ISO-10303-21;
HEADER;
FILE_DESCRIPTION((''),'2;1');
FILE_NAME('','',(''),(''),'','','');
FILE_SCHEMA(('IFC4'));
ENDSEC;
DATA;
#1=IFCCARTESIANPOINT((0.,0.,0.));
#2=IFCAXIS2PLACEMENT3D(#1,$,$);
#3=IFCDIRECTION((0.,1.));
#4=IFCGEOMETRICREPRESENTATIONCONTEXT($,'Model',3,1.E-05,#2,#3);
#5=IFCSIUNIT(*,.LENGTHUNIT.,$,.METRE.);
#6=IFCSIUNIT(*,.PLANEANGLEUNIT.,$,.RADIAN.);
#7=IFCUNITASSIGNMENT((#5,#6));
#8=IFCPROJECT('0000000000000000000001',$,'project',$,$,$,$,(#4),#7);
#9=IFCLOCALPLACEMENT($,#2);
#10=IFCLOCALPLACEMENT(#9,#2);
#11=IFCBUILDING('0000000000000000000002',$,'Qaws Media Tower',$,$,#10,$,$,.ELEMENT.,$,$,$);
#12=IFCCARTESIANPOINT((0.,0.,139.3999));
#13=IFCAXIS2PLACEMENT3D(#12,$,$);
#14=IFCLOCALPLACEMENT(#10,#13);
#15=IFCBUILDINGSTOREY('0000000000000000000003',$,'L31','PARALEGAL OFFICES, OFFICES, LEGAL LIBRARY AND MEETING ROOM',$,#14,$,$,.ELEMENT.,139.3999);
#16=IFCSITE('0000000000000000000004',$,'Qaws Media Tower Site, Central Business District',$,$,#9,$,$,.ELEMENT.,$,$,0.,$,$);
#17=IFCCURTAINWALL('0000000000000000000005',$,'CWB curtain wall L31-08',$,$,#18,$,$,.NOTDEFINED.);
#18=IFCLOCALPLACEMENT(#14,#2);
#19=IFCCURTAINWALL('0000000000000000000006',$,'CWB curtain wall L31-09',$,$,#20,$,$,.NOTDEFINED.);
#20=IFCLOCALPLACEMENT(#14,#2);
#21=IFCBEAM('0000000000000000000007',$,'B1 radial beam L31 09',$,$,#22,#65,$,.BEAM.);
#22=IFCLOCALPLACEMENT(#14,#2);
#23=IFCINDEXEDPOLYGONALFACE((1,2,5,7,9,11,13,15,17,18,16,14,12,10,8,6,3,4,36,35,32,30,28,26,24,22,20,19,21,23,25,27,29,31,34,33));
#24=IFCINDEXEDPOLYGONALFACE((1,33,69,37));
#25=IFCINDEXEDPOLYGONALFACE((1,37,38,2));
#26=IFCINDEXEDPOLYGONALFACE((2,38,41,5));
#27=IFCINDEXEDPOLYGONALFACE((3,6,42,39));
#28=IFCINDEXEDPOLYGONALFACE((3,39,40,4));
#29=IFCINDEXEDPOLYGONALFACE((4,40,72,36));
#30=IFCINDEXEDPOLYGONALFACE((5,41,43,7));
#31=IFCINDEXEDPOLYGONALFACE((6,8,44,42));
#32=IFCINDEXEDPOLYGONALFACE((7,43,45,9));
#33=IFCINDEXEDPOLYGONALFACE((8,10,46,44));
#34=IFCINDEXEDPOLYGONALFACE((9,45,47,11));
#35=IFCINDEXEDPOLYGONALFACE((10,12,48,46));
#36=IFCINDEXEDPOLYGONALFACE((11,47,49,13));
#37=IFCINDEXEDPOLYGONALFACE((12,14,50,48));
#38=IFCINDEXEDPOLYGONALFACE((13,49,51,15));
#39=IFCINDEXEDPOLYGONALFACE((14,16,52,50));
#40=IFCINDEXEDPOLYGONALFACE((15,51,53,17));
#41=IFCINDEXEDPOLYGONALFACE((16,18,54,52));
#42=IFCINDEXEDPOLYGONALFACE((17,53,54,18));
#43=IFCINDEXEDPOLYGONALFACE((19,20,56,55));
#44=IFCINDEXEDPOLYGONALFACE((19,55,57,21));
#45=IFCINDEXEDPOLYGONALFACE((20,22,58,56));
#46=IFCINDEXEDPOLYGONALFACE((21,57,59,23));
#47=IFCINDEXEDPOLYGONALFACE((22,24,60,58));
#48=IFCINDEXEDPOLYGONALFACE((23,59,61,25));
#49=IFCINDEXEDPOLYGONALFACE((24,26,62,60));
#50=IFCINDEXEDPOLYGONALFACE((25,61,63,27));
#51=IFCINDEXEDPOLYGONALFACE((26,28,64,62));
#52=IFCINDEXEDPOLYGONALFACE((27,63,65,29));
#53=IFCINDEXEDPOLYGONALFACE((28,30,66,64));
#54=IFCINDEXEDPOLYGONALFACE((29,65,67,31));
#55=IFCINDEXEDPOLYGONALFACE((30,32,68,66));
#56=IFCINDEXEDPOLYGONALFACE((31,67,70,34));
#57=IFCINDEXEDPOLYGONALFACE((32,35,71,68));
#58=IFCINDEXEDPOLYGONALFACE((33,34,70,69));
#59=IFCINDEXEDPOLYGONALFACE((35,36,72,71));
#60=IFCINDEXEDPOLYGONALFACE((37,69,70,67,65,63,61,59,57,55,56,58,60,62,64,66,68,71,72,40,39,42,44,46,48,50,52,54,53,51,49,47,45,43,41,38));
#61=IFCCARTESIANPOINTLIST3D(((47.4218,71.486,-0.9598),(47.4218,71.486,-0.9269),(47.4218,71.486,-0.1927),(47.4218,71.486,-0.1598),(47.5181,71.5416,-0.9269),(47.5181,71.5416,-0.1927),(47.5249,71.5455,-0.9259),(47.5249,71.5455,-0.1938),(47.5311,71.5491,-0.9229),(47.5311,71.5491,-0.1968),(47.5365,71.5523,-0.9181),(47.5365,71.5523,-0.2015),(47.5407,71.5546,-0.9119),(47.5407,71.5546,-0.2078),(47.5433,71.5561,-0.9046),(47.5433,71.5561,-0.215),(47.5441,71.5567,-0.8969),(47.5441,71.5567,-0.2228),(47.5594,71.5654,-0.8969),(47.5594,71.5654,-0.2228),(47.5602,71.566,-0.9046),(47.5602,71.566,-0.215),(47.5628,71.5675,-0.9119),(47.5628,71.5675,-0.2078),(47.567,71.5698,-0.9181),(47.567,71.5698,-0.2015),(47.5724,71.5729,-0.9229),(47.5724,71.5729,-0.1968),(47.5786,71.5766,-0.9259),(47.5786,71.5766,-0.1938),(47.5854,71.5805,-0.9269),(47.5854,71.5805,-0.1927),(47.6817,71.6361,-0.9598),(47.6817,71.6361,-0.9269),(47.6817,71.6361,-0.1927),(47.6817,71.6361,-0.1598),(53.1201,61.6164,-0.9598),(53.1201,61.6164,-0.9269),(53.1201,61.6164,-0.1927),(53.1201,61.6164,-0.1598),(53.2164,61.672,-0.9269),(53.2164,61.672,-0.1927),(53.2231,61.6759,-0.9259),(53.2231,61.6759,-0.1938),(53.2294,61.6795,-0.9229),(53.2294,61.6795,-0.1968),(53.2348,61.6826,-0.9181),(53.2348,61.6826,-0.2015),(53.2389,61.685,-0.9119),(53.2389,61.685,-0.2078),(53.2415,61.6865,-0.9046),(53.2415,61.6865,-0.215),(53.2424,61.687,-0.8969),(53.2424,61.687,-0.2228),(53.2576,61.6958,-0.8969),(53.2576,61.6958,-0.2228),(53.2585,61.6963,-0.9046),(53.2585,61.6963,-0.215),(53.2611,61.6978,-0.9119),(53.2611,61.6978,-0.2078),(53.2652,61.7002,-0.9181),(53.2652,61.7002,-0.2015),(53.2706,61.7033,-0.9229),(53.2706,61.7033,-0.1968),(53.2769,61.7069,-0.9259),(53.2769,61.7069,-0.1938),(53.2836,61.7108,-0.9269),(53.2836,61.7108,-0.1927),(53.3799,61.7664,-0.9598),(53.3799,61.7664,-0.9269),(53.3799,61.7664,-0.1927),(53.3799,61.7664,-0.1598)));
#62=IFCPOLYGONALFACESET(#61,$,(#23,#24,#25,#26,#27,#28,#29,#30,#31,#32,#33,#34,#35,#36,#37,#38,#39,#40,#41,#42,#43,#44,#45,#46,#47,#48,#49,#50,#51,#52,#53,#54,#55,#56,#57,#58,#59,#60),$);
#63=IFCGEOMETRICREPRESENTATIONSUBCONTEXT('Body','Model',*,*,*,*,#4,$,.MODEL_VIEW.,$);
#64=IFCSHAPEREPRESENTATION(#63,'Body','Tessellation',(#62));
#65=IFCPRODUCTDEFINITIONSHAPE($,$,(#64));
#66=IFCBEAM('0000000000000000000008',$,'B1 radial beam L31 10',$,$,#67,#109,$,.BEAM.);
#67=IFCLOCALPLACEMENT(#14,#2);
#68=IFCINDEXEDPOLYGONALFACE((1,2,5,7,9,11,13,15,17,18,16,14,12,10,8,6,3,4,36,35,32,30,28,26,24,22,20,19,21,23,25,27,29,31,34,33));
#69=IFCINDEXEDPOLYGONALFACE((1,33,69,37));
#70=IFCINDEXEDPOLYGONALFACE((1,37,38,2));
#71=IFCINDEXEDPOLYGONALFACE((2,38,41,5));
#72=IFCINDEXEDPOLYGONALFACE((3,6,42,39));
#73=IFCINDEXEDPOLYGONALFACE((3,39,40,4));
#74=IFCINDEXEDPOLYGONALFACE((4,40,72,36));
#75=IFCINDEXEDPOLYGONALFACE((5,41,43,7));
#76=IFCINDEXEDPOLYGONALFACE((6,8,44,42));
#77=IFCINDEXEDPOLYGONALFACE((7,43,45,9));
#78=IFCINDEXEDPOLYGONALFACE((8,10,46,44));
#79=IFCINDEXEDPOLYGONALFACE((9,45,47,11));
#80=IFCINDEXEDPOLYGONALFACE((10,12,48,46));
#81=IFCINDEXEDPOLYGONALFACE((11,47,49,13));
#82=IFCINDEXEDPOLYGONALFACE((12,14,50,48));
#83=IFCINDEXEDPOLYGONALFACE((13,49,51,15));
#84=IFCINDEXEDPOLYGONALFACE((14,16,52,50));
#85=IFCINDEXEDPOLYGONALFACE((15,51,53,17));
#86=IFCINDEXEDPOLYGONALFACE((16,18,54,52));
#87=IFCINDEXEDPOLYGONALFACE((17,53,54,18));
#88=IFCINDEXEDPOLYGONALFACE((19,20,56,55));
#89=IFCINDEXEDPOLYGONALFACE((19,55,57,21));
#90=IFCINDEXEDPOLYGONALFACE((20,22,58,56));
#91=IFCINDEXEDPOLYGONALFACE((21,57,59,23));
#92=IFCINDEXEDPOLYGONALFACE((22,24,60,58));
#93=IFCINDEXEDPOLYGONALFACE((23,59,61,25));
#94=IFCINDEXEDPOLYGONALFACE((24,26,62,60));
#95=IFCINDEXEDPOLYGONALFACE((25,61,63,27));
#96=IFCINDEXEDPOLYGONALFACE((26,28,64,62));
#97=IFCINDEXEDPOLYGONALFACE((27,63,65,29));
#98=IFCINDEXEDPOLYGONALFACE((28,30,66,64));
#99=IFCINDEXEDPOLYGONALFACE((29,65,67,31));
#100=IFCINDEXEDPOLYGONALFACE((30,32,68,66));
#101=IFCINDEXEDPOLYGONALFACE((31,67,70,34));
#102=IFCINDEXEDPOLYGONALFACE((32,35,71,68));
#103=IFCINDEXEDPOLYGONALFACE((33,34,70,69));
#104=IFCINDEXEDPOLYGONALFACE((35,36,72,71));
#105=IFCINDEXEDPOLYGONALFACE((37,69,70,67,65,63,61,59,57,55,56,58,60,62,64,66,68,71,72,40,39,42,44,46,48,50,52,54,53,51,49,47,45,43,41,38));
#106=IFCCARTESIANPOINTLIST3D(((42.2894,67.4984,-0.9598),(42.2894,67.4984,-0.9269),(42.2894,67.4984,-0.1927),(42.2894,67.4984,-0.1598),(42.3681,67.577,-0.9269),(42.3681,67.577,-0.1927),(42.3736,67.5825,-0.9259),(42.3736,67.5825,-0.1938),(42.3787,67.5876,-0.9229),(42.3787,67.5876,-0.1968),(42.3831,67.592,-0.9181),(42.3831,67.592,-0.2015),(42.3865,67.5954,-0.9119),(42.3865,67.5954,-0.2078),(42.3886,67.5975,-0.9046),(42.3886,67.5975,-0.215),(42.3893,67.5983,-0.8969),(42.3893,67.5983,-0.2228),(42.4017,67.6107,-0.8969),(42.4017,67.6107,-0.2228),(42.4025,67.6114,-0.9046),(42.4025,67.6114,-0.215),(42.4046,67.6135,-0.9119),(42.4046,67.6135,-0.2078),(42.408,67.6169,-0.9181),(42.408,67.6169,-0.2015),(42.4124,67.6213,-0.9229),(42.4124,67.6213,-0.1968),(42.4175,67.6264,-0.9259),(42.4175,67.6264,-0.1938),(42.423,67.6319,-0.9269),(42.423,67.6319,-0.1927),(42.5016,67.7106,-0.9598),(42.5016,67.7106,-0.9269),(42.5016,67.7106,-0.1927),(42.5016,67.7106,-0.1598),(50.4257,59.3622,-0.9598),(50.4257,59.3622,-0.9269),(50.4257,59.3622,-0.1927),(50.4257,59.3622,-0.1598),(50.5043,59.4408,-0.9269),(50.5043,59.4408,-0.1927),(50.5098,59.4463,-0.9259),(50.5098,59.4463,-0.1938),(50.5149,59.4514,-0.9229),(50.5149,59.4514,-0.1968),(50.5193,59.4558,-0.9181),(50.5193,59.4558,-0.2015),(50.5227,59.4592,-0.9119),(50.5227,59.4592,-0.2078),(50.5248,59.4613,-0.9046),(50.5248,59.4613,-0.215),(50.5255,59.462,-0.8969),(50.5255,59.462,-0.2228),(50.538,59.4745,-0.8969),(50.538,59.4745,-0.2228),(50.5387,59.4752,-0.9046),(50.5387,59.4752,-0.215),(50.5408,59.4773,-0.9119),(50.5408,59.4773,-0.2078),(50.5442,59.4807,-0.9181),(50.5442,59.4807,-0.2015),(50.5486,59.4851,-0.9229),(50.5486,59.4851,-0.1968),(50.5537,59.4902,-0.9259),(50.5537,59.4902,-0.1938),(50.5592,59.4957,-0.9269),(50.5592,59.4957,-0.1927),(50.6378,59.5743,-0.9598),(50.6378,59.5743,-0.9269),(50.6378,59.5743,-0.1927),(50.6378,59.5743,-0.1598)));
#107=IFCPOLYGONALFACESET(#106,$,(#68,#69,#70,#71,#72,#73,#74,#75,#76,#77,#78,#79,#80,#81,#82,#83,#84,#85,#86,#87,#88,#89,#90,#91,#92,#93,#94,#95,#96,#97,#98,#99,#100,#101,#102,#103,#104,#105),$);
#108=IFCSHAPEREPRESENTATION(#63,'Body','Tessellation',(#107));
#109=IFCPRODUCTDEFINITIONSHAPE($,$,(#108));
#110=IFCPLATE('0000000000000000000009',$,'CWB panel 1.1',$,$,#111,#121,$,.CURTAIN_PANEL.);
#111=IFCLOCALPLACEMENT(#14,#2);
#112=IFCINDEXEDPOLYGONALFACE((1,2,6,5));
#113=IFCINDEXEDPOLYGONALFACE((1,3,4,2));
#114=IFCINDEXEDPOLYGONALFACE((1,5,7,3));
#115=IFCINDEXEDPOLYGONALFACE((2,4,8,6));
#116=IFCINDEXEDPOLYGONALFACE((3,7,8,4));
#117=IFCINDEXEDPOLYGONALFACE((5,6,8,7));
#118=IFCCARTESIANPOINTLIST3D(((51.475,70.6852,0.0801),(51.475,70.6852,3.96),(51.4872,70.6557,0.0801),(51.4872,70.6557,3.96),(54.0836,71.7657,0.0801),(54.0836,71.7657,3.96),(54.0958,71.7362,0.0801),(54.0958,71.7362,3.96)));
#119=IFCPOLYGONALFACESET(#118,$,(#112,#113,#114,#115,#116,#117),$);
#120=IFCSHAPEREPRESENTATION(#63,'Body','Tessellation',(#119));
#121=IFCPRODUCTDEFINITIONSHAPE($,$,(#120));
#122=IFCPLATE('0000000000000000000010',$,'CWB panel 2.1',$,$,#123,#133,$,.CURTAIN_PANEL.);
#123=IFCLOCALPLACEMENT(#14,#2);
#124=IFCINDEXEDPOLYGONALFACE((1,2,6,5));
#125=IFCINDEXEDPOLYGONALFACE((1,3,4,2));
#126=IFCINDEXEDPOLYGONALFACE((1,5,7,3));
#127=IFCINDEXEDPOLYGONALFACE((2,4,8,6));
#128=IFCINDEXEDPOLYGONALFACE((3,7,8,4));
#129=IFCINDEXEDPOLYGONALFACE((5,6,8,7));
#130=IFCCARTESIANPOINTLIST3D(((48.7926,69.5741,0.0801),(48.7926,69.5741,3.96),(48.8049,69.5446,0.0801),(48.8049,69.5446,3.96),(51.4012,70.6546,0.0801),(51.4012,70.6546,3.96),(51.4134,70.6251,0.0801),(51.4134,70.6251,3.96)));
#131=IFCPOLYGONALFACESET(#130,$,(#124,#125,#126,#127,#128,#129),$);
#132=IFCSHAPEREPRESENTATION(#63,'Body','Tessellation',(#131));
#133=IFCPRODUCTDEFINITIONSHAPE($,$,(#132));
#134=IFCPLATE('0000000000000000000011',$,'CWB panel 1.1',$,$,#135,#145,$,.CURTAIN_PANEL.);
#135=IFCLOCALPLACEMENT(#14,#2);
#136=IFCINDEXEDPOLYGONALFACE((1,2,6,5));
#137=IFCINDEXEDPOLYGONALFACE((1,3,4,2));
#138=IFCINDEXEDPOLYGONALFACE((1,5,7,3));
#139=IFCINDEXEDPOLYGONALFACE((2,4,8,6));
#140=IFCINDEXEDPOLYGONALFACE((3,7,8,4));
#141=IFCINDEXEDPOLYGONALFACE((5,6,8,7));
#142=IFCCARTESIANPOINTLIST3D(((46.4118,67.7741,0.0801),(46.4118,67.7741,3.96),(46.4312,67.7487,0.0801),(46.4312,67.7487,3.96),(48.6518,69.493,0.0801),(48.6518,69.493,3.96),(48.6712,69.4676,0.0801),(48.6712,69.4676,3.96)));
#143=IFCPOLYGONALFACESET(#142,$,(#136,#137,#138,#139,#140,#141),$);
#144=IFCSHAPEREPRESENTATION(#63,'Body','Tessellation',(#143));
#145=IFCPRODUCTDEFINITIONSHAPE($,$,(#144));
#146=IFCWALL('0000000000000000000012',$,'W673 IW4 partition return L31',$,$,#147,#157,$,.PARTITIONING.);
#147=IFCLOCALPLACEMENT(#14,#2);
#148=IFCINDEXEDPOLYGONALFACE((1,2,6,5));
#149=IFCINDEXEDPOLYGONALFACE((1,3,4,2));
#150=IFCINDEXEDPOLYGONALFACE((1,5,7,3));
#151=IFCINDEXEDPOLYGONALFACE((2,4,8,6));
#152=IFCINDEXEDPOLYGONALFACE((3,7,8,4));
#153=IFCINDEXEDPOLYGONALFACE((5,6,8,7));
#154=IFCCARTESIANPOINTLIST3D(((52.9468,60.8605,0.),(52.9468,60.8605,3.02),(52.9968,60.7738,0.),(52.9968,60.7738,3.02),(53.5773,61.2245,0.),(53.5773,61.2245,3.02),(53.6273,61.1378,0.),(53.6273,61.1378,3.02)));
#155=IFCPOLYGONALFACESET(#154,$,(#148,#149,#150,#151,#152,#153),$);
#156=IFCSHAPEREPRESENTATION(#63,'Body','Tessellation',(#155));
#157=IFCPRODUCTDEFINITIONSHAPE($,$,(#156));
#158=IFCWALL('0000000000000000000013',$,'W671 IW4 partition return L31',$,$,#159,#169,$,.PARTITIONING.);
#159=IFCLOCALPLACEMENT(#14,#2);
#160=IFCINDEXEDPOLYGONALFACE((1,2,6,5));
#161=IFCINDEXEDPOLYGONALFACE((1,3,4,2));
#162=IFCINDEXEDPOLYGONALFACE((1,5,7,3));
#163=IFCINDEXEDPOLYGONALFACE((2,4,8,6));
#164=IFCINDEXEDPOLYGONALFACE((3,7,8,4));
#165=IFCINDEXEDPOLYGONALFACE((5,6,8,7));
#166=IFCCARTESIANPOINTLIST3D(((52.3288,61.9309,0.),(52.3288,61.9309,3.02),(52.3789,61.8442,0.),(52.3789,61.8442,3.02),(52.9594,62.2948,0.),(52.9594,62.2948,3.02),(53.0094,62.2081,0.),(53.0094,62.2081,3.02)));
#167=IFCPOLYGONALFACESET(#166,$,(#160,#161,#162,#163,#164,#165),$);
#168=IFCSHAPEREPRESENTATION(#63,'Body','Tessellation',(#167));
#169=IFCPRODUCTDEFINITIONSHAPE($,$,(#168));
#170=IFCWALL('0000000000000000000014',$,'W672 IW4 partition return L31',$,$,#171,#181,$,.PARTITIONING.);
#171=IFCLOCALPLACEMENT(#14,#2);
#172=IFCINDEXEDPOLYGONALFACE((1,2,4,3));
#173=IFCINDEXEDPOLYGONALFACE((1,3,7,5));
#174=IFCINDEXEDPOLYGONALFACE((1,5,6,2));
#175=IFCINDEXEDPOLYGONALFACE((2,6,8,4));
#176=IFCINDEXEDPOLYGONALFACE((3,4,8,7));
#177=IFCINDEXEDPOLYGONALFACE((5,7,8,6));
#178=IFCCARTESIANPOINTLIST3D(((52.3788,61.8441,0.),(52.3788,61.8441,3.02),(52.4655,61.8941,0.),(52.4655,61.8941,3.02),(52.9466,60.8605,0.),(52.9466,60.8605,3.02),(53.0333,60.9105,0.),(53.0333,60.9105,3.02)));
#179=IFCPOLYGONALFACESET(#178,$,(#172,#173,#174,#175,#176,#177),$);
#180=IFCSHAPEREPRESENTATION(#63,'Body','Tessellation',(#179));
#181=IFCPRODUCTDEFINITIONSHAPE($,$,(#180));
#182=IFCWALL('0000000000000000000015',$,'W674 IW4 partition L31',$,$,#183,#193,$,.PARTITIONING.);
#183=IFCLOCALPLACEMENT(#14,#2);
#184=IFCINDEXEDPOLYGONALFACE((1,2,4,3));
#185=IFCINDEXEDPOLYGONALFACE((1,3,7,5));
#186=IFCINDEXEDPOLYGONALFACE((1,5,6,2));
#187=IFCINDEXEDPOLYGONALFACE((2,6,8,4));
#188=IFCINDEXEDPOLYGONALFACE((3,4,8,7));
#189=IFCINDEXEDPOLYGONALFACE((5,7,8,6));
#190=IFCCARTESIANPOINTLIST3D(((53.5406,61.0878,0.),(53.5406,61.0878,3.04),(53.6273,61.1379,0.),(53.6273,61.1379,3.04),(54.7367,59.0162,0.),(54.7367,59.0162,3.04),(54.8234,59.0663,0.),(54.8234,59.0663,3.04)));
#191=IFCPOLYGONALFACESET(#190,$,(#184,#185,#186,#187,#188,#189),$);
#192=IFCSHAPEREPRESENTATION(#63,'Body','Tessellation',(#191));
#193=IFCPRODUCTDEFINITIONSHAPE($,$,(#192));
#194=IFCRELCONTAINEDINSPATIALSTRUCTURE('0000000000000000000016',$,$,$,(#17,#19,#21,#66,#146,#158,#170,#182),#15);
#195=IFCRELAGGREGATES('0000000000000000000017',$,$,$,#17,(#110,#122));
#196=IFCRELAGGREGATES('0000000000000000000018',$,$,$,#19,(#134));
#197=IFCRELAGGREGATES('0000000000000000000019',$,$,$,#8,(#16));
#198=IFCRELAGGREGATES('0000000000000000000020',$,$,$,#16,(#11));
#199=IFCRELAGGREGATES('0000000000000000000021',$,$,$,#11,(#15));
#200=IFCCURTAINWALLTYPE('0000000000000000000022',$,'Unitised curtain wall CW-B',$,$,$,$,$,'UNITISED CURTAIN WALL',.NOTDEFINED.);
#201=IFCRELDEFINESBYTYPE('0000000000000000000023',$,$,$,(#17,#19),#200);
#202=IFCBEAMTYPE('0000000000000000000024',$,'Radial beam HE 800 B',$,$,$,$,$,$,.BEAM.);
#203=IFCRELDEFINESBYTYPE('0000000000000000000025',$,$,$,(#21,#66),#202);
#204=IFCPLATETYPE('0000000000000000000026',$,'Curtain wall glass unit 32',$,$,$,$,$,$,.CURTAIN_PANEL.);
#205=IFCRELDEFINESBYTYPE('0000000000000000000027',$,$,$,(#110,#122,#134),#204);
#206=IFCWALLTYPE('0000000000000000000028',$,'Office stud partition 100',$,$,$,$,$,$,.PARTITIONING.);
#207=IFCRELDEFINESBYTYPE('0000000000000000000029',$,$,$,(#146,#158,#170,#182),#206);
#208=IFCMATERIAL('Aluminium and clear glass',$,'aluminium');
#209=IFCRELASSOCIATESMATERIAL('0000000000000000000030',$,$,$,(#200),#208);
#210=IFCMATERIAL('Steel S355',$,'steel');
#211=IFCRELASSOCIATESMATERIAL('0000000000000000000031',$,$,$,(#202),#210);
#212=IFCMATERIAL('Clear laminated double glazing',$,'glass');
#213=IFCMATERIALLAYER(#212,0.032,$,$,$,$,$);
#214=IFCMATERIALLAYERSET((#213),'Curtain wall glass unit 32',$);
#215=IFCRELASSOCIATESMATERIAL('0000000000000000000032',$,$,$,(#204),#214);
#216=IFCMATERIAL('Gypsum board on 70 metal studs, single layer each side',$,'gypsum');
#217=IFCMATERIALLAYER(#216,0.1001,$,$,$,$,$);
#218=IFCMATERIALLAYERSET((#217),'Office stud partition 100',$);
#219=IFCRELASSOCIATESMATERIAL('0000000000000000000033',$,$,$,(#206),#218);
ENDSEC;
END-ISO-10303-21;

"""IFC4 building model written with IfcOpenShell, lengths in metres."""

from ifc_helpers import new_model, si_unit, direction, frame, frame_2d, origin, origin_2d, place, context, subcontext, project, spatial, rectangle, i_section, extrude, material, layer, layer_set, material_profile, profile_set, type_object, element, aggregate, save


model = new_model("IFC4")

# Units and contexts
model_context = context("Model", 3, precision=1e-05, world=origin(), true_north=direction((0.0, 1.0)))
body_context = subcontext(model_context, "Body", "Model", "MODEL_VIEW")
ifc_project = project(units=[si_unit("LENGTHUNIT", "METRE"), si_unit("PLANEANGLEUNIT", "RADIAN")], contexts=[model_context])

# Site, building, storey
site_placement = place(None, origin())
site = spatial("IfcSite", under=ifc_project, at=site_placement, Name="Qaws Media Tower Site, Central Business District", CompositionType="ELEMENT", RefElevation=0.0)
building_placement = place(site_placement, origin())
building = spatial("IfcBuilding", under=site, at=building_placement, Name="Qaws Media Tower", CompositionType="ELEMENT")
storey_placement = place(building_placement, frame((0.0, 0.0, 139.3999)))
storey = spatial("IfcBuildingStorey", under=building, at=storey_placement, Name="L31", Description="PARALEGAL OFFICES, OFFICES, LEGAL LIBRARY AND MEETING ROOM", CompositionType="ELEMENT", Elevation=139.3999)

# Curtain walls
ifc_material_1 = material(Name="Aluminium and clear glass", Category="aluminium")
curtain_wall_type = type_object("IfcCurtainWallType", Name="Unitised curtain wall CW-B", ElementType="UNITISED CURTAIN WALL", PredefinedType="NOTDEFINED", material=ifc_material_1)
curtain_wall_1_placement = place(storey_placement, origin())
curtain_wall_1 = element("IfcCurtainWall", 1, at=curtain_wall_1_placement, inside=storey, type_object=curtain_wall_type, Name="CWB curtain wall L31-08", PredefinedType="NOTDEFINED")
curtain_wall_2_placement = place(storey_placement, origin())
curtain_wall_2 = element("IfcCurtainWall", 2, at=curtain_wall_2_placement, inside=storey, type_object=curtain_wall_type, Name="CWB curtain wall L31-09", PredefinedType="NOTDEFINED")

# Beams
ifc_material_2 = material(Name="Steel S355", Category="steel")
ifc_material_profile_1 = material_profile(ifc_material_2, i_section(OverallWidth=0.3, OverallDepth=0.8, WebThickness=0.0176, FlangeThickness=0.033, FilletRadius=0.03, at=origin_2d()), Name="HE 800 B")
ifc_profile_set_1 = profile_set([ifc_material_profile_1], Name="Steel S355")
beam_type_1 = type_object("IfcBeamType", Name="Radial beam HE 800 B", PredefinedType="BEAM", material=ifc_profile_set_1)
beam_1_placement = place(storey_placement, frame((53.25, 61.6914, -0.5598), z_axis=(-0.500001, 0.866025, 0.0), x_axis=(-0.866025, -0.500001, 0.0)))
element("IfcBeam", 3, at=beam_1_placement, inside=storey, type_object=beam_type_1, Name="B1 radial beam L31 09", PredefinedType="BEAM", context=body_context, shape_type="SweptSolid", body=[
    extrude(i_section(OverallWidth=0.3, OverallDepth=0.8, WebThickness=0.0176, FlangeThickness=0.033, FilletRadius=0.03, at=origin_2d()), origin(), (0.0, 0.0, 1.0), 11.3965),
])
beam_2_placement = place(storey_placement, frame((50.5317, 59.4683, -0.5598), z_axis=(-0.707107, 0.707107, 0.0), x_axis=(-0.707107, -0.707107, 0.0)))
element("IfcBeam", 4, at=beam_2_placement, inside=storey, type_object=beam_type_1, Name="B1 radial beam L31 10", PredefinedType="BEAM", context=body_context, shape_type="SweptSolid", body=[
    extrude(i_section(OverallWidth=0.3, OverallDepth=0.8, WebThickness=0.0176, FlangeThickness=0.033, FilletRadius=0.03, at=origin_2d()), origin(), (0.0, 0.0, 1.0), 11.5063),
])

# Plates
ifc_material_3 = material(Name="Clear laminated double glazing", Category="glass")
ifc_layer_1 = layer(ifc_material_3, 0.032)
ifc_layer_set_1 = layer_set([ifc_layer_1], Name="Curtain wall glass unit 32")
plate_type = type_object("IfcPlateType", Name="Curtain wall glass unit 32", PredefinedType="CURTAIN_PANEL", material=ifc_layer_set_1)
plate_1_placement = place(storey_placement, frame((52.7854, 71.2107, 0.0801), z_axis=(0.0, 0.0, 1.0), x_axis=(-0.92388, -0.382683, 0.0)))
plate_1 = element("IfcPlate", 5, at=plate_1_placement, type_object=plate_type, Name="CWB panel 1.1", PredefinedType="CURTAIN_PANEL", context=body_context, shape_type="SweptSolid", body=[
    extrude(rectangle(XDim=2.8235, YDim=0.032, at=origin_2d()), origin(), (0.0, 0.0, 1.0), 3.8799),
])
plate_2_placement = place(storey_placement, frame((50.103, 70.0996, 0.0801), z_axis=(0.0, 0.0, 1.0), x_axis=(-0.92388, -0.382683, 0.0)))
plate_2 = element("IfcPlate", 6, at=plate_2_placement, type_object=plate_type, Name="CWB panel 2.1", PredefinedType="CURTAIN_PANEL", context=body_context, shape_type="SweptSolid", body=[
    extrude(rectangle(XDim=2.8235, YDim=0.032, at=origin_2d()), origin(), (0.0, 0.0, 1.0), 3.8799),
])
aggregate(curtain_wall_1, [plate_1, plate_2])
plate_3_placement = place(storey_placement, frame((47.5415, 68.6208, 0.0801), z_axis=(0.0, 0.0, 1.0), x_axis=(-0.793353, -0.608761, 0.0)))
plate_3 = element("IfcPlate", 7, at=plate_3_placement, type_object=plate_type, Name="CWB panel 1.1", PredefinedType="CURTAIN_PANEL", context=body_context, shape_type="SweptSolid", body=[
    extrude(rectangle(XDim=2.8235, YDim=0.032, at=origin_2d()), origin(), (0.0, 0.0, 1.0), 3.8799),
])
aggregate(curtain_wall_2, [plate_3])

# Walls
ifc_material_4 = material(Name="Gypsum board on 70 metal studs, single layer each side", Category="gypsum")
ifc_layer_2 = layer(ifc_material_4, 0.1001)
ifc_layer_set_2 = layer_set([ifc_layer_2], Name="Office stud partition 100")
wall_type_1 = type_object("IfcWallType", Name="Office stud partition 100", PredefinedType="PARTITIONING", material=ifc_layer_set_2)
for number, where, z_axis, x_axis, name in (
    (8, (53.6023, 61.1812, 0.0), (0.0, 0.0, 1.0), (-0.866068, -0.499926, 0.0), "W673 IW4 partition return L31"),
    (9, (52.9844, 62.2515, 0.0), (0.0, 0.0, 1.0), (-0.866068, -0.499926, 0.0), "W671 IW4 partition return L31"),
):
    element("IfcWall", number, at=place(storey_placement, frame(where, z_axis=z_axis, x_axis=x_axis)), inside=storey, type_object=wall_type_1, Name=name, PredefinedType="PARTITIONING", context=body_context, shape_type="SweptSolid", body=[
        extrude(rectangle(XDim=0.728, YDim=0.1001, at=frame_2d((0.364, 0.0))), origin(), (0.0, 0.0, 1.0), 3.02),
    ])
wall_1_placement = place(storey_placement, frame((52.99, 60.8855, 0.0), z_axis=(0.0, 0.0, 1.0), x_axis=(-0.499977, 0.866039, 0.0)))
element("IfcWall", 10, at=wall_1_placement, inside=storey, type_object=wall_type_1, Name="W672 IW4 partition return L31", PredefinedType="PARTITIONING", context=body_context, shape_type="SweptSolid", body=[
    extrude(rectangle(XDim=1.1357, YDim=0.1001, at=frame_2d((0.5679, 0.0))), origin(), (0.0, 0.0, 1.0), 3.02),
])
wall_2_placement = place(storey_placement, frame((54.78, 59.0413, 0.0), z_axis=(0.0, 0.0, 1.0), x_axis=(-0.500014, 0.866017, 0.0)))
element("IfcWall", 11, at=wall_2_placement, inside=storey, type_object=wall_type_1, Name="W674 IW4 partition L31", PredefinedType="PARTITIONING", context=body_context, shape_type="SweptSolid", body=[
    extrude(rectangle(XDim=2.3921, YDim=0.1001, at=frame_2d((1.196, 0.0))), origin(), (0.0, 0.0, 1.0), 3.04),
])

save(model, "model.ifc")
